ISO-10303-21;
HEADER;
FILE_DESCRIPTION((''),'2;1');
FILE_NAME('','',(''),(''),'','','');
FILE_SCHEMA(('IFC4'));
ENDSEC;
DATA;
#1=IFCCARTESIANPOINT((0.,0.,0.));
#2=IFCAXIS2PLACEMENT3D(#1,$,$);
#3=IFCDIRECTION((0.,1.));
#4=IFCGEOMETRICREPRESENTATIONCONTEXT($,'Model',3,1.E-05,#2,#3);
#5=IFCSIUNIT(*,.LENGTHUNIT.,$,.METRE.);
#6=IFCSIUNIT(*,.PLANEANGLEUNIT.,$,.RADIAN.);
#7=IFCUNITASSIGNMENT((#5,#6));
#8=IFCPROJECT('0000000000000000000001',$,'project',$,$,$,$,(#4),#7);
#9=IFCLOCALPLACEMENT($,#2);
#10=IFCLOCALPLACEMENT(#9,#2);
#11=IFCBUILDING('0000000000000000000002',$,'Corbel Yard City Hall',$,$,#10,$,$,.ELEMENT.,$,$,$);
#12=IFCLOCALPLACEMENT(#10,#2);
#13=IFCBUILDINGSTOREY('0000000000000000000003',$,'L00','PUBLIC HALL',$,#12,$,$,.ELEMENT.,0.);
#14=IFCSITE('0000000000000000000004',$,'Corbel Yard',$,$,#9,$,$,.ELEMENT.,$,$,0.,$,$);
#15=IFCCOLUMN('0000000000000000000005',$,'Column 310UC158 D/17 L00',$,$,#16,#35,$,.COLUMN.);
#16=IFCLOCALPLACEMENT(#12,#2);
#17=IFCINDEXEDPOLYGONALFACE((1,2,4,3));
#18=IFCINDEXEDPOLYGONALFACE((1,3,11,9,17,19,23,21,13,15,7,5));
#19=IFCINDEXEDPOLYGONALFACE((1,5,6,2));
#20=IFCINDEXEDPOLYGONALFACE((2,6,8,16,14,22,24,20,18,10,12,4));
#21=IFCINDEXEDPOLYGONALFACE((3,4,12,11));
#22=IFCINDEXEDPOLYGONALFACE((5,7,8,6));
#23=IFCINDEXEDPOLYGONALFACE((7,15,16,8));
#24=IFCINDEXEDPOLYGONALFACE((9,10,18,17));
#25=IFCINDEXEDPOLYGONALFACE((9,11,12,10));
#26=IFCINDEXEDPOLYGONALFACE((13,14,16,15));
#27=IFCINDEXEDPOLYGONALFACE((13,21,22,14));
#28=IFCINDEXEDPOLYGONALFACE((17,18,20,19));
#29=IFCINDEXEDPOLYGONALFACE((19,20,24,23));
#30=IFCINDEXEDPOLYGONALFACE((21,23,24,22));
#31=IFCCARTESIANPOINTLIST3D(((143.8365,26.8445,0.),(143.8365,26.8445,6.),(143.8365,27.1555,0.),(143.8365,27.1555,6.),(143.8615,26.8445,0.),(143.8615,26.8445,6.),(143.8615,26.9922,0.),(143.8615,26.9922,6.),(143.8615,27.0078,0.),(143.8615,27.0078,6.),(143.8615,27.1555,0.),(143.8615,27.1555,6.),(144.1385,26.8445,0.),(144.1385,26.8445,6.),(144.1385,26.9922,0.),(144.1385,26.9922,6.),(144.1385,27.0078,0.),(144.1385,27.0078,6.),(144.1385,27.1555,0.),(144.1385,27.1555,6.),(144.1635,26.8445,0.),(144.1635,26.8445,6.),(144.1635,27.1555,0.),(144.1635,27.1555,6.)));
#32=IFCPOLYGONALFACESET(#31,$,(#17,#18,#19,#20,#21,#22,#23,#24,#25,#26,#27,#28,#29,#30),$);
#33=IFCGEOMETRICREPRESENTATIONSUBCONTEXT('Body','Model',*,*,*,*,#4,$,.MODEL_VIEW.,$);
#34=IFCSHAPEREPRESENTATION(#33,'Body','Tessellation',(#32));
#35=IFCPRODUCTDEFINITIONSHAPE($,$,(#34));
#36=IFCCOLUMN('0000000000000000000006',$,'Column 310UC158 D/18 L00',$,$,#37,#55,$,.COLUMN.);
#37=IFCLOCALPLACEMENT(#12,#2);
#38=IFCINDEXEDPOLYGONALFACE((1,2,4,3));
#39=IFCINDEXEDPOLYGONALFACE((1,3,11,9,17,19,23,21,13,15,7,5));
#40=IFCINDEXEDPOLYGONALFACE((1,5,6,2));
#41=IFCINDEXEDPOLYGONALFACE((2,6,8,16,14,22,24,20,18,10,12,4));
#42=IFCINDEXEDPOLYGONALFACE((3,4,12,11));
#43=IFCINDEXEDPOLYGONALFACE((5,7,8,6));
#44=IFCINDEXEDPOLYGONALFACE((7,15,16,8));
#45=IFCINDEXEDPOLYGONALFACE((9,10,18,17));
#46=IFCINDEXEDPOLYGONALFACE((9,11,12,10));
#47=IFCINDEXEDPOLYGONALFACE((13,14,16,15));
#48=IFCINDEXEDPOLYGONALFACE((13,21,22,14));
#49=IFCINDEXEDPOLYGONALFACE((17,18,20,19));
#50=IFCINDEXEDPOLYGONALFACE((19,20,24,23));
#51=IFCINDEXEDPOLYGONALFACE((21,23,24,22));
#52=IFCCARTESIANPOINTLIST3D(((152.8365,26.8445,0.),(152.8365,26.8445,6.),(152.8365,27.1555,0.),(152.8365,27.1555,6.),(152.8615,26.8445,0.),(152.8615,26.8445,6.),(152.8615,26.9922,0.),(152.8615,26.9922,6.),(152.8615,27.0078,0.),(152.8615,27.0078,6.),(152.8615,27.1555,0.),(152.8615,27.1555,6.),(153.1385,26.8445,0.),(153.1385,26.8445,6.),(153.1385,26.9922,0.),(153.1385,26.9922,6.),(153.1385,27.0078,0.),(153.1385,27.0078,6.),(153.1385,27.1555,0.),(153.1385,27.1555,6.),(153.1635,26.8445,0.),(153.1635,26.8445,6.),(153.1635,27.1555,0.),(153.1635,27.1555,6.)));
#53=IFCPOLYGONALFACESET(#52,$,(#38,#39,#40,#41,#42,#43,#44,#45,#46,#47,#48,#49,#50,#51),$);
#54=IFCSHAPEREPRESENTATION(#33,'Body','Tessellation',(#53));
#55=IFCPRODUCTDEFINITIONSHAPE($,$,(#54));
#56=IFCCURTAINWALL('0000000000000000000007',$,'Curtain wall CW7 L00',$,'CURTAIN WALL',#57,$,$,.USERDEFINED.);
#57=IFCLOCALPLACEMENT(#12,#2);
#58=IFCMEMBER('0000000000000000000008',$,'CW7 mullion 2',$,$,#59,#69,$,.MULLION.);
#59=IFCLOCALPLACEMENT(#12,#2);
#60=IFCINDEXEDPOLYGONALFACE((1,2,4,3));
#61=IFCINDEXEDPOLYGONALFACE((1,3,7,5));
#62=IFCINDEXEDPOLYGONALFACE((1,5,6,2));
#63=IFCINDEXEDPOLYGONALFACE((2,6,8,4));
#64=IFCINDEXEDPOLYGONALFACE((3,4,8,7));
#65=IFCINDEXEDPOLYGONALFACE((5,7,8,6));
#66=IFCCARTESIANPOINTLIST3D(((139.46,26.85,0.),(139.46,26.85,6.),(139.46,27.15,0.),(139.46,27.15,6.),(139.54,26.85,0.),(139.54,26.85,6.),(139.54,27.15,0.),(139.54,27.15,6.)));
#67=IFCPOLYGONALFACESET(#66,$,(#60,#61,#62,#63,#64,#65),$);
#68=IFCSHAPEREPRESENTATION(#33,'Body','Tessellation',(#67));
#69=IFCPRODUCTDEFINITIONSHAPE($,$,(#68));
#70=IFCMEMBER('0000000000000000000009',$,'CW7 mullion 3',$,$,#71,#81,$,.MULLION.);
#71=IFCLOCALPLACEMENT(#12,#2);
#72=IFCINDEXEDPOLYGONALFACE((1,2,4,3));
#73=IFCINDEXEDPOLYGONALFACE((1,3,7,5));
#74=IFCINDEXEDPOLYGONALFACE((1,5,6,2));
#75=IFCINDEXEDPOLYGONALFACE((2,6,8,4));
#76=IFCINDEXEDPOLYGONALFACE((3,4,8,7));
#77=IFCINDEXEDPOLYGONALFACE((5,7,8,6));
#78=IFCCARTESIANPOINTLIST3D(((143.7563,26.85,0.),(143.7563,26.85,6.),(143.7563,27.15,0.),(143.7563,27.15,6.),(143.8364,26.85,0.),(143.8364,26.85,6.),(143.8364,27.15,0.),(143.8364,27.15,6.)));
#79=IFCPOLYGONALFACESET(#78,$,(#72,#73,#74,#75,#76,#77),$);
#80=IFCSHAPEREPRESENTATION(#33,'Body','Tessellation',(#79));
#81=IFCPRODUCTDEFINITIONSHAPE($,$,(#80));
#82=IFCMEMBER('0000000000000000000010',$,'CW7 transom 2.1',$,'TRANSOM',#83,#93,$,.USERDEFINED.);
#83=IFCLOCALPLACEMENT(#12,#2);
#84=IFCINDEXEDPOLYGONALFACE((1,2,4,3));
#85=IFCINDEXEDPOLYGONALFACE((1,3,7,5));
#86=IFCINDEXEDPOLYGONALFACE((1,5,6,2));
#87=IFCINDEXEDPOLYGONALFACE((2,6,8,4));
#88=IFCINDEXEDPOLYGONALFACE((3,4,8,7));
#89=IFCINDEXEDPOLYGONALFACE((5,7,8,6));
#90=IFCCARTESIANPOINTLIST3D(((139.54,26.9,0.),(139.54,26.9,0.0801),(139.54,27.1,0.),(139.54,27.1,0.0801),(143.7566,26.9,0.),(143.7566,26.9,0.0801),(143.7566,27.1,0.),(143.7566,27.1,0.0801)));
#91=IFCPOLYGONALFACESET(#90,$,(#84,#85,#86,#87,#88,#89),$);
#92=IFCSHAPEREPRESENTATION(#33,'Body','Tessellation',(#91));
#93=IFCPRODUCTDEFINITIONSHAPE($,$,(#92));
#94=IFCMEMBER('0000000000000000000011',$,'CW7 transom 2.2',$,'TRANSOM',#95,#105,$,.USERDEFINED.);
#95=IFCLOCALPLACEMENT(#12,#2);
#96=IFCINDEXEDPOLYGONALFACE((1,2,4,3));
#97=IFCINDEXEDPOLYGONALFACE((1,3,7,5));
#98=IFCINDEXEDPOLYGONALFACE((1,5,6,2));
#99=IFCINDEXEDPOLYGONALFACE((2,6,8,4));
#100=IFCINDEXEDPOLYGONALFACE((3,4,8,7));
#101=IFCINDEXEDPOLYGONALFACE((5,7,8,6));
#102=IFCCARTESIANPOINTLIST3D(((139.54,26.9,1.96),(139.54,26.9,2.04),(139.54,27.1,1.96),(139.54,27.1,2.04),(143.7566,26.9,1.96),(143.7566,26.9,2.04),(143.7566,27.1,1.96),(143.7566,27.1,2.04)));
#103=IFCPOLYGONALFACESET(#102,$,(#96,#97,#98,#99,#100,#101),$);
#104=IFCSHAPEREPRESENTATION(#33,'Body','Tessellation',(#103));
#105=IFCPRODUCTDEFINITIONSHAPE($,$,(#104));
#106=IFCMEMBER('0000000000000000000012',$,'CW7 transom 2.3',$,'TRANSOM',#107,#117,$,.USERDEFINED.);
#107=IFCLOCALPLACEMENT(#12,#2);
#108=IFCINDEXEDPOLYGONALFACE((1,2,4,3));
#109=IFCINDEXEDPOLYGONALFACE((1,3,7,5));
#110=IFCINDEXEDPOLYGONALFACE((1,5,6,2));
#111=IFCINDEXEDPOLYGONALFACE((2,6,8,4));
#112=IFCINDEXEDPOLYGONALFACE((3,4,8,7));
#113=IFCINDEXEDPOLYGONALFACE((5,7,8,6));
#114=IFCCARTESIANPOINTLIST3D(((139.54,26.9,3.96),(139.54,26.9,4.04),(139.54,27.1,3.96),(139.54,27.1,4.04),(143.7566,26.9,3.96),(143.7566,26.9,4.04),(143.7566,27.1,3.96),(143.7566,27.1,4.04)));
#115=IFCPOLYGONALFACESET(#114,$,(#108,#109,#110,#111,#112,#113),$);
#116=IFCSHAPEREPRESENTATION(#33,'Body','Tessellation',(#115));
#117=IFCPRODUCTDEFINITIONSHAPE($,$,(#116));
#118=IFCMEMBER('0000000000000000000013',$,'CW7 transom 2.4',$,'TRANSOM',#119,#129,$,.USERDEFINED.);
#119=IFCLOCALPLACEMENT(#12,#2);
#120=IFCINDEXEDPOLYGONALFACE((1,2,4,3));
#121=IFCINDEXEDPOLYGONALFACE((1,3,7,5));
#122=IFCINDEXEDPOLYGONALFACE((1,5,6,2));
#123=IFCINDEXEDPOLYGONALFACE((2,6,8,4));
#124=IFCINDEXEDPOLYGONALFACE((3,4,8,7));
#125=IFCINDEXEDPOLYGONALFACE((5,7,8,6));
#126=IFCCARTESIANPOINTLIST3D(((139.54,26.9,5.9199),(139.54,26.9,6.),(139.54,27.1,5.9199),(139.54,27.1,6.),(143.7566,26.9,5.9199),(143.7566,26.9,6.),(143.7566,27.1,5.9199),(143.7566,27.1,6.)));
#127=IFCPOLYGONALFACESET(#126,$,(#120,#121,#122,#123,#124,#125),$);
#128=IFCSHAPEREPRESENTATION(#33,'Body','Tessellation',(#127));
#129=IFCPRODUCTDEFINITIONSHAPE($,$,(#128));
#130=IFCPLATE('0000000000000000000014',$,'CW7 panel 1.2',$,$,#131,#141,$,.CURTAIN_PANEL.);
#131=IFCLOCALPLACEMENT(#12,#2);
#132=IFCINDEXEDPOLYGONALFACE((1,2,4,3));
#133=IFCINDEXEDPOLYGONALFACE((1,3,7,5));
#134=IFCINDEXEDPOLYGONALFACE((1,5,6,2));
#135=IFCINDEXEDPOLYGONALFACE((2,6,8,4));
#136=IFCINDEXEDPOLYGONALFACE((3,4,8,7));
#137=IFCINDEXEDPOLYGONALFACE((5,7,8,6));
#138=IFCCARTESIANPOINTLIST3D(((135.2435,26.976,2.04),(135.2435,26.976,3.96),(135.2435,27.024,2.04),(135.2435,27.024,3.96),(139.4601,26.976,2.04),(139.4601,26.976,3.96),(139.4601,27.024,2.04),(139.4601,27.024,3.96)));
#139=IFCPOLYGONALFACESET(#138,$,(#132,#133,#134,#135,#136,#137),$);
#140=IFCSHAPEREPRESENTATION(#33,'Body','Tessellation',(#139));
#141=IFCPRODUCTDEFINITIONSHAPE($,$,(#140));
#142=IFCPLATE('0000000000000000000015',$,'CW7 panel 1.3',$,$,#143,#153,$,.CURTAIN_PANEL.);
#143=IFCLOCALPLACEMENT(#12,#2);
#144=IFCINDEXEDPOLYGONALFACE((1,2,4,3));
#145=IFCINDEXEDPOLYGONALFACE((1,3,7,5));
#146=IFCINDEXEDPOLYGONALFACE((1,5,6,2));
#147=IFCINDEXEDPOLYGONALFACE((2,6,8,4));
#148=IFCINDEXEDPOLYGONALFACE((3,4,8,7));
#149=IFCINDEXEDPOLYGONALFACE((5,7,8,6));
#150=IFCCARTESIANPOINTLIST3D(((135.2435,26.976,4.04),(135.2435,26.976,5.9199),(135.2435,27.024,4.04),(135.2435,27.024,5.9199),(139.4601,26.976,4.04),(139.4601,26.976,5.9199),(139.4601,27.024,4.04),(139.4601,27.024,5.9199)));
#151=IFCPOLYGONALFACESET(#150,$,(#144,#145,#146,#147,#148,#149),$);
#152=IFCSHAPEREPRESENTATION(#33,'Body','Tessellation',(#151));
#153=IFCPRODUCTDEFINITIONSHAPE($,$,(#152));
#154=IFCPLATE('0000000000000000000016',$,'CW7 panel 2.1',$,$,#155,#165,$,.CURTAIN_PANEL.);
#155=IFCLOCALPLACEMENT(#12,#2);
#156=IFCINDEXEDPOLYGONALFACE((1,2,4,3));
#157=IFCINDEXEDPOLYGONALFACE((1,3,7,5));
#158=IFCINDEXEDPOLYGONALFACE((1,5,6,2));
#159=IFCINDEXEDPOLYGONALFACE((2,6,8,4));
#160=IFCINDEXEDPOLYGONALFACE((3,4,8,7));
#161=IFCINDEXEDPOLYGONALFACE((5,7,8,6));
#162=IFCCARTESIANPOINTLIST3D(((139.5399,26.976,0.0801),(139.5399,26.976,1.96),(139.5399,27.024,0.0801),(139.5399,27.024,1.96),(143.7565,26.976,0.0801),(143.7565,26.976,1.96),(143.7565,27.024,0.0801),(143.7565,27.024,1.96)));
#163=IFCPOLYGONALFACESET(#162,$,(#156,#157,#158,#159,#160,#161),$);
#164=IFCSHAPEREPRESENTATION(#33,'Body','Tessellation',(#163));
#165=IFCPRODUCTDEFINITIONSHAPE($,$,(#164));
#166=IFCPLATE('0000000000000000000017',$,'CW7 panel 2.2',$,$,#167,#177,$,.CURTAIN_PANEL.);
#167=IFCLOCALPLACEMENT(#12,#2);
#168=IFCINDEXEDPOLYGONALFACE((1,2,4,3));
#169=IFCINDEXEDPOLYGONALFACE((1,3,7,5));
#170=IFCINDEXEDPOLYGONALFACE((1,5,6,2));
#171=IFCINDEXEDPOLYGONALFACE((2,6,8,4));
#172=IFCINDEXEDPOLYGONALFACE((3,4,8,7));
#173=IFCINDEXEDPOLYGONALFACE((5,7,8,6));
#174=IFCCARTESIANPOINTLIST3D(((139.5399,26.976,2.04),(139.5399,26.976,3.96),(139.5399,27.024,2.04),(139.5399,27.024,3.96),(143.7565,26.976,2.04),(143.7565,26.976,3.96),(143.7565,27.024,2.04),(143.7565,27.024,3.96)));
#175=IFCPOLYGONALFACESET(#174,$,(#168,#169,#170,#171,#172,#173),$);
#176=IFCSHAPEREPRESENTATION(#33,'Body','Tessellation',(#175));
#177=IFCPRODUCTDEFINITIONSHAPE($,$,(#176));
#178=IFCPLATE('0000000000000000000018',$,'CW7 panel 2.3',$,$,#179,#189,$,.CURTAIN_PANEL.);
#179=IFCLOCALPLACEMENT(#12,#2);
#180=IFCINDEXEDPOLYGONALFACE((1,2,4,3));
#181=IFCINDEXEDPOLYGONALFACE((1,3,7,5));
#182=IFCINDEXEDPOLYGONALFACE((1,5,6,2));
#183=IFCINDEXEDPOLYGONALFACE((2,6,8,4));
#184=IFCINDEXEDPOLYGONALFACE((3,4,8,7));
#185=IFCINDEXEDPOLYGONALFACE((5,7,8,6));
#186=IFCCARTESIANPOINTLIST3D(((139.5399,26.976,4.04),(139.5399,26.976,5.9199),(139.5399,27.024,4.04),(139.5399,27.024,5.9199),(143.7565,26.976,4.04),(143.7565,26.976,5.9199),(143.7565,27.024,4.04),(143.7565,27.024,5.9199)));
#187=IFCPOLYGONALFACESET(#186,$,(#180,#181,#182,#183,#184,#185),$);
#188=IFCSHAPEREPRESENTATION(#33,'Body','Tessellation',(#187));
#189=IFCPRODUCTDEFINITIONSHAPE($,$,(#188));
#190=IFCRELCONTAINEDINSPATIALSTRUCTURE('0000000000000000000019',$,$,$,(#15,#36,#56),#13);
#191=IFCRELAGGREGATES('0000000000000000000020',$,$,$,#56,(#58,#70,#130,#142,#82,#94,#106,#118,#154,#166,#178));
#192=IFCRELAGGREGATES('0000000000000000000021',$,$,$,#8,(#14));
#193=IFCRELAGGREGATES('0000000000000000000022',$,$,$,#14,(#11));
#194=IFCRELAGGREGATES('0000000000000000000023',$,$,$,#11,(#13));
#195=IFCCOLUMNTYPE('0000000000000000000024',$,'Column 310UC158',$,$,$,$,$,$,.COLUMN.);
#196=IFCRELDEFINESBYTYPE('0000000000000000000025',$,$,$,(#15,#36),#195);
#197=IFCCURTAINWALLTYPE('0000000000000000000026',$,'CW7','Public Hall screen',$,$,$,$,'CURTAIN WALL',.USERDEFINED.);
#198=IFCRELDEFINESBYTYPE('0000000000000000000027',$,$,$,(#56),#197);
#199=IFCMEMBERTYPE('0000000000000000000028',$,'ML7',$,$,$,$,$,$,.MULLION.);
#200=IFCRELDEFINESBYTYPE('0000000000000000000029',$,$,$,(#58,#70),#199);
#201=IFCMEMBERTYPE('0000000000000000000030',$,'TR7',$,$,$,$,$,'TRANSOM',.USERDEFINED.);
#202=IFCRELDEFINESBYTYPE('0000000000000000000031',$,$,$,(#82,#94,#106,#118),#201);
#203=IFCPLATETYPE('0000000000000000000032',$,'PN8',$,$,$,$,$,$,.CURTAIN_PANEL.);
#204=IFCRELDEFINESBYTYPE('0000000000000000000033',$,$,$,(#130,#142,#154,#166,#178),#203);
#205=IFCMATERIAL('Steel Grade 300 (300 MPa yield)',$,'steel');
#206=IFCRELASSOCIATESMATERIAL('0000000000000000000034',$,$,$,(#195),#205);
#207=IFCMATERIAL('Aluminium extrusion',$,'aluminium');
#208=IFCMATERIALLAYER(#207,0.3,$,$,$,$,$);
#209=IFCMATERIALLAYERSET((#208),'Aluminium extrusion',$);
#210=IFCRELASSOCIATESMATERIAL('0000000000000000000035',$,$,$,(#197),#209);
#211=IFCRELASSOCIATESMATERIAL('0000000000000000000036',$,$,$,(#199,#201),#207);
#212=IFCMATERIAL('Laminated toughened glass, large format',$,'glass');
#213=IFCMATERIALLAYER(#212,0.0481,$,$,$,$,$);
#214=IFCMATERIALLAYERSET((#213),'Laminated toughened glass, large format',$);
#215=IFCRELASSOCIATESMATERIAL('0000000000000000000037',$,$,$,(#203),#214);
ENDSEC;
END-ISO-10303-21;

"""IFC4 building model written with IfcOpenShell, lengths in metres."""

from ifc_helpers import new_model, si_unit, direction, frame, origin, origin_2d, place, context, subcontext, project, spatial, rectangle, i_section, extrude, material, layer, layer_set, material_profile, profile_set, type_object, element, aggregate, save


model = new_model("IFC4")

# Units and contexts
model_context = context("Model", 3, precision=1e-05, world=origin(), true_north=direction((0.0, 1.0)))
body_context = subcontext(model_context, "Body", "Model", "MODEL_VIEW")
ifc_project = project(units=[si_unit("LENGTHUNIT", "METRE"), si_unit("PLANEANGLEUNIT", "RADIAN")], contexts=[model_context])

# Site, building, storey
site_placement = place(None, origin())
site = spatial("IfcSite", under=ifc_project, at=site_placement, Name="Corbel Yard", CompositionType="ELEMENT", RefElevation=0.0)
building_placement = place(site_placement, origin())
building = spatial("IfcBuilding", under=site, at=building_placement, Name="Corbel Yard City Hall", CompositionType="ELEMENT")
storey_placement = place(building_placement, origin())
storey = spatial("IfcBuildingStorey", under=building, at=storey_placement, Name="L00", Description="PUBLIC HALL", CompositionType="ELEMENT", Elevation=0.0)

# Columns
ifc_material_1 = material(Name="Steel Grade 300 (300 MPa yield)", Category="steel")
ifc_material_profile_1 = material_profile(ifc_material_1, i_section(OverallWidth=0.311, OverallDepth=0.3269, WebThickness=0.0156, FlangeThickness=0.0249, at=origin_2d()), Name="310UC158")
ifc_profile_set_1 = profile_set([ifc_material_profile_1], Name="Steel Grade 300 (300 MPa yield)")
column_type = type_object("IfcColumnType", Name="Column 310UC158", PredefinedType="COLUMN", material=ifc_profile_set_1)
for number, where, z_axis, x_axis, name in (
    (1, (144.0, 27.0, 0.0), (0.0, 0.0, 1.0), (0.0, 1.0, 0.0), "Column 310UC158 D/17 L00"),
    (2, (153.0, 27.0, 0.0), (0.0, 0.0, 1.0), (0.0, 1.0, 0.0), "Column 310UC158 D/18 L00"),
):
    element("IfcColumn", number, at=place(storey_placement, frame(where, z_axis=z_axis, x_axis=x_axis)), inside=storey, type_object=column_type, Name=name, PredefinedType="COLUMN", context=body_context, shape_type="SweptSolid", body=[
        extrude(i_section(OverallWidth=0.311, OverallDepth=0.3269, WebThickness=0.0156, FlangeThickness=0.0249, at=origin_2d()), origin(), (0.0, 0.0, 1.0), 6.0),
    ])

# Curtain wall, members, plates
ifc_material_2 = material(Name="Aluminium extrusion", Category="aluminium")
ifc_layer_1 = layer(ifc_material_2, 0.3)
ifc_layer_set_1 = layer_set([ifc_layer_1], Name="Aluminium extrusion")
curtain_wall_type = type_object("IfcCurtainWallType", Name="CW7", Description="Public Hall screen", ElementType="CURTAIN WALL", PredefinedType="USERDEFINED", material=ifc_layer_set_1)
curtain_wall_placement = place(storey_placement, origin())
curtain_wall = element("IfcCurtainWall", 3, at=curtain_wall_placement, inside=storey, type_object=curtain_wall_type, Name="Curtain wall CW7 L00", ObjectType="CURTAIN WALL", PredefinedType="USERDEFINED")
ifc_material_profile_2 = material_profile(ifc_material_2, rectangle(XDim=0.3, YDim=0.0801, at=origin_2d()), Name="300x80")
ifc_profile_set_2 = profile_set([ifc_material_profile_2], Name="Aluminium extrusion")
member_type_1 = type_object("IfcMemberType", Name="ML7", PredefinedType="MULLION", material=ifc_profile_set_2)
member_1_placement = place(storey_placement, frame((139.5, 27.0, 0.0), z_axis=(0.0, 0.0, 1.0), x_axis=(0.0, 1.0, 0.0)))
member_1 = element("IfcMember", 4, at=member_1_placement, type_object=member_type_1, Name="CW7 mullion 2", PredefinedType="MULLION", context=body_context, shape_type="SweptSolid", body=[
    extrude(rectangle(XDim=0.3, YDim=0.0801, at=origin_2d()), origin(), (0.0, 0.0, 1.0), 6.0),
])
member_2_placement = place(storey_placement, frame((143.7964, 27.0, 0.0), z_axis=(0.0, 0.0, 1.0), x_axis=(0.0, 1.0, 0.0)))
member_2 = element("IfcMember", 5, at=member_2_placement, type_object=member_type_1, Name="CW7 mullion 3", PredefinedType="MULLION", context=body_context, shape_type="SweptSolid", body=[
    extrude(rectangle(XDim=0.3, YDim=0.0801, at=origin_2d()), origin(), (0.0, 0.0, 1.0), 6.0),
])
ifc_material_profile_3 = material_profile(ifc_material_2, rectangle(XDim=0.2, YDim=0.0801, at=origin_2d()), Name="200x80")
ifc_profile_set_3 = profile_set([ifc_material_profile_3], Name="Aluminium extrusion")
member_type_2 = type_object("IfcMemberType", Name="TR7", ElementType="TRANSOM", PredefinedType="USERDEFINED", material=ifc_profile_set_3)
member_3_placement = place(storey_placement, frame((139.54, 27.0, 0.04), z_axis=(1.0, 0.0, 0.0), x_axis=(0.0, 1.0, 0.0)))
member_3 = element("IfcMember", 6, at=member_3_placement, type_object=member_type_2, Name="CW7 transom 2.1", ObjectType="TRANSOM", PredefinedType="USERDEFINED", context=body_context, shape_type="SweptSolid", body=[
    extrude(rectangle(XDim=0.2, YDim=0.0801, at=origin_2d()), origin(), (0.0, 0.0, 1.0), 4.2166),
])
member_4_placement = place(storey_placement, frame((139.54, 27.0, 2.0), z_axis=(1.0, 0.0, 0.0), x_axis=(0.0, 1.0, 0.0)))
member_4 = element("IfcMember", 7, at=member_4_placement, type_object=member_type_2, Name="CW7 transom 2.2", ObjectType="TRANSOM", PredefinedType="USERDEFINED", context=body_context, shape_type="SweptSolid", body=[
    extrude(rectangle(XDim=0.2, YDim=0.0801, at=origin_2d()), origin(), (0.0, 0.0, 1.0), 4.2166),
])
member_5_placement = place(storey_placement, frame((139.54, 27.0, 4.0), z_axis=(1.0, 0.0, 0.0), x_axis=(0.0, 1.0, 0.0)))
member_5 = element("IfcMember", 8, at=member_5_placement, type_object=member_type_2, Name="CW7 transom 2.3", ObjectType="TRANSOM", PredefinedType="USERDEFINED", context=body_context, shape_type="SweptSolid", body=[
    extrude(rectangle(XDim=0.2, YDim=0.0801, at=origin_2d()), origin(), (0.0, 0.0, 1.0), 4.2166),
])
member_6_placement = place(storey_placement, frame((139.54, 27.0, 5.96), z_axis=(1.0, 0.0, 0.0), x_axis=(0.0, 1.0, 0.0)))
member_6 = element("IfcMember", 9, at=member_6_placement, type_object=member_type_2, Name="CW7 transom 2.4", ObjectType="TRANSOM", PredefinedType="USERDEFINED", context=body_context, shape_type="SweptSolid", body=[
    extrude(rectangle(XDim=0.2, YDim=0.0801, at=origin_2d()), origin(), (0.0, 0.0, 1.0), 4.2166),
])
ifc_material_3 = material(Name="Laminated toughened glass, large format", Category="glass")
ifc_layer_2 = layer(ifc_material_3, 0.0481)
ifc_layer_set_2 = layer_set([ifc_layer_2], Name="Laminated toughened glass, large format")
plate_type = type_object("IfcPlateType", Name="PN8", PredefinedType="CURTAIN_PANEL", material=ifc_layer_set_2)
plate_1_placement = place(storey_placement, frame((137.3518, 27.0, 2.04), z_axis=(0.0, 0.0, 1.0), x_axis=(1.0, 0.0, 0.0)))
plate_1 = element("IfcPlate", 10, at=plate_1_placement, type_object=plate_type, Name="CW7 panel 1.2", PredefinedType="CURTAIN_PANEL", context=body_context, shape_type="SweptSolid", body=[
    extrude(rectangle(XDim=4.2166, YDim=0.0481, at=origin_2d()), origin(), (0.0, 0.0, 1.0), 1.9199),
])
plate_2_placement = place(storey_placement, frame((137.3518, 27.0, 4.04), z_axis=(0.0, 0.0, 1.0), x_axis=(1.0, 0.0, 0.0)))
plate_2 = element("IfcPlate", 11, at=plate_2_placement, type_object=plate_type, Name="CW7 panel 1.3", PredefinedType="CURTAIN_PANEL", context=body_context, shape_type="SweptSolid", body=[
    extrude(rectangle(XDim=4.2166, YDim=0.0481, at=origin_2d()), origin(), (0.0, 0.0, 1.0), 1.8799),
])
plate_3_placement = place(storey_placement, frame((141.6482, 27.0, 0.0801), z_axis=(0.0, 0.0, 1.0), x_axis=(1.0, 0.0, 0.0)))
plate_3 = element("IfcPlate", 12, at=plate_3_placement, type_object=plate_type, Name="CW7 panel 2.1", PredefinedType="CURTAIN_PANEL", context=body_context, shape_type="SweptSolid", body=[
    extrude(rectangle(XDim=4.2166, YDim=0.0481, at=origin_2d()), origin(), (0.0, 0.0, 1.0), 1.8799),
])
plate_4_placement = place(storey_placement, frame((141.6482, 27.0, 2.04), z_axis=(0.0, 0.0, 1.0), x_axis=(1.0, 0.0, 0.0)))
plate_4 = element("IfcPlate", 13, at=plate_4_placement, type_object=plate_type, Name="CW7 panel 2.2", PredefinedType="CURTAIN_PANEL", context=body_context, shape_type="SweptSolid", body=[
    extrude(rectangle(XDim=4.2166, YDim=0.0481, at=origin_2d()), origin(), (0.0, 0.0, 1.0), 1.9199),
])
plate_5_placement = place(storey_placement, frame((141.6482, 27.0, 4.04), z_axis=(0.0, 0.0, 1.0), x_axis=(1.0, 0.0, 0.0)))
plate_5 = element("IfcPlate", 14, at=plate_5_placement, type_object=plate_type, Name="CW7 panel 2.3", PredefinedType="CURTAIN_PANEL", context=body_context, shape_type="SweptSolid", body=[
    extrude(rectangle(XDim=4.2166, YDim=0.0481, at=origin_2d()), origin(), (0.0, 0.0, 1.0), 1.8799),
])
aggregate(curtain_wall, [member_1, member_2, plate_1, plate_2, member_3, member_4, member_5, member_6, plate_3, plate_4, plate_5])

save(model, "model.ifc")
